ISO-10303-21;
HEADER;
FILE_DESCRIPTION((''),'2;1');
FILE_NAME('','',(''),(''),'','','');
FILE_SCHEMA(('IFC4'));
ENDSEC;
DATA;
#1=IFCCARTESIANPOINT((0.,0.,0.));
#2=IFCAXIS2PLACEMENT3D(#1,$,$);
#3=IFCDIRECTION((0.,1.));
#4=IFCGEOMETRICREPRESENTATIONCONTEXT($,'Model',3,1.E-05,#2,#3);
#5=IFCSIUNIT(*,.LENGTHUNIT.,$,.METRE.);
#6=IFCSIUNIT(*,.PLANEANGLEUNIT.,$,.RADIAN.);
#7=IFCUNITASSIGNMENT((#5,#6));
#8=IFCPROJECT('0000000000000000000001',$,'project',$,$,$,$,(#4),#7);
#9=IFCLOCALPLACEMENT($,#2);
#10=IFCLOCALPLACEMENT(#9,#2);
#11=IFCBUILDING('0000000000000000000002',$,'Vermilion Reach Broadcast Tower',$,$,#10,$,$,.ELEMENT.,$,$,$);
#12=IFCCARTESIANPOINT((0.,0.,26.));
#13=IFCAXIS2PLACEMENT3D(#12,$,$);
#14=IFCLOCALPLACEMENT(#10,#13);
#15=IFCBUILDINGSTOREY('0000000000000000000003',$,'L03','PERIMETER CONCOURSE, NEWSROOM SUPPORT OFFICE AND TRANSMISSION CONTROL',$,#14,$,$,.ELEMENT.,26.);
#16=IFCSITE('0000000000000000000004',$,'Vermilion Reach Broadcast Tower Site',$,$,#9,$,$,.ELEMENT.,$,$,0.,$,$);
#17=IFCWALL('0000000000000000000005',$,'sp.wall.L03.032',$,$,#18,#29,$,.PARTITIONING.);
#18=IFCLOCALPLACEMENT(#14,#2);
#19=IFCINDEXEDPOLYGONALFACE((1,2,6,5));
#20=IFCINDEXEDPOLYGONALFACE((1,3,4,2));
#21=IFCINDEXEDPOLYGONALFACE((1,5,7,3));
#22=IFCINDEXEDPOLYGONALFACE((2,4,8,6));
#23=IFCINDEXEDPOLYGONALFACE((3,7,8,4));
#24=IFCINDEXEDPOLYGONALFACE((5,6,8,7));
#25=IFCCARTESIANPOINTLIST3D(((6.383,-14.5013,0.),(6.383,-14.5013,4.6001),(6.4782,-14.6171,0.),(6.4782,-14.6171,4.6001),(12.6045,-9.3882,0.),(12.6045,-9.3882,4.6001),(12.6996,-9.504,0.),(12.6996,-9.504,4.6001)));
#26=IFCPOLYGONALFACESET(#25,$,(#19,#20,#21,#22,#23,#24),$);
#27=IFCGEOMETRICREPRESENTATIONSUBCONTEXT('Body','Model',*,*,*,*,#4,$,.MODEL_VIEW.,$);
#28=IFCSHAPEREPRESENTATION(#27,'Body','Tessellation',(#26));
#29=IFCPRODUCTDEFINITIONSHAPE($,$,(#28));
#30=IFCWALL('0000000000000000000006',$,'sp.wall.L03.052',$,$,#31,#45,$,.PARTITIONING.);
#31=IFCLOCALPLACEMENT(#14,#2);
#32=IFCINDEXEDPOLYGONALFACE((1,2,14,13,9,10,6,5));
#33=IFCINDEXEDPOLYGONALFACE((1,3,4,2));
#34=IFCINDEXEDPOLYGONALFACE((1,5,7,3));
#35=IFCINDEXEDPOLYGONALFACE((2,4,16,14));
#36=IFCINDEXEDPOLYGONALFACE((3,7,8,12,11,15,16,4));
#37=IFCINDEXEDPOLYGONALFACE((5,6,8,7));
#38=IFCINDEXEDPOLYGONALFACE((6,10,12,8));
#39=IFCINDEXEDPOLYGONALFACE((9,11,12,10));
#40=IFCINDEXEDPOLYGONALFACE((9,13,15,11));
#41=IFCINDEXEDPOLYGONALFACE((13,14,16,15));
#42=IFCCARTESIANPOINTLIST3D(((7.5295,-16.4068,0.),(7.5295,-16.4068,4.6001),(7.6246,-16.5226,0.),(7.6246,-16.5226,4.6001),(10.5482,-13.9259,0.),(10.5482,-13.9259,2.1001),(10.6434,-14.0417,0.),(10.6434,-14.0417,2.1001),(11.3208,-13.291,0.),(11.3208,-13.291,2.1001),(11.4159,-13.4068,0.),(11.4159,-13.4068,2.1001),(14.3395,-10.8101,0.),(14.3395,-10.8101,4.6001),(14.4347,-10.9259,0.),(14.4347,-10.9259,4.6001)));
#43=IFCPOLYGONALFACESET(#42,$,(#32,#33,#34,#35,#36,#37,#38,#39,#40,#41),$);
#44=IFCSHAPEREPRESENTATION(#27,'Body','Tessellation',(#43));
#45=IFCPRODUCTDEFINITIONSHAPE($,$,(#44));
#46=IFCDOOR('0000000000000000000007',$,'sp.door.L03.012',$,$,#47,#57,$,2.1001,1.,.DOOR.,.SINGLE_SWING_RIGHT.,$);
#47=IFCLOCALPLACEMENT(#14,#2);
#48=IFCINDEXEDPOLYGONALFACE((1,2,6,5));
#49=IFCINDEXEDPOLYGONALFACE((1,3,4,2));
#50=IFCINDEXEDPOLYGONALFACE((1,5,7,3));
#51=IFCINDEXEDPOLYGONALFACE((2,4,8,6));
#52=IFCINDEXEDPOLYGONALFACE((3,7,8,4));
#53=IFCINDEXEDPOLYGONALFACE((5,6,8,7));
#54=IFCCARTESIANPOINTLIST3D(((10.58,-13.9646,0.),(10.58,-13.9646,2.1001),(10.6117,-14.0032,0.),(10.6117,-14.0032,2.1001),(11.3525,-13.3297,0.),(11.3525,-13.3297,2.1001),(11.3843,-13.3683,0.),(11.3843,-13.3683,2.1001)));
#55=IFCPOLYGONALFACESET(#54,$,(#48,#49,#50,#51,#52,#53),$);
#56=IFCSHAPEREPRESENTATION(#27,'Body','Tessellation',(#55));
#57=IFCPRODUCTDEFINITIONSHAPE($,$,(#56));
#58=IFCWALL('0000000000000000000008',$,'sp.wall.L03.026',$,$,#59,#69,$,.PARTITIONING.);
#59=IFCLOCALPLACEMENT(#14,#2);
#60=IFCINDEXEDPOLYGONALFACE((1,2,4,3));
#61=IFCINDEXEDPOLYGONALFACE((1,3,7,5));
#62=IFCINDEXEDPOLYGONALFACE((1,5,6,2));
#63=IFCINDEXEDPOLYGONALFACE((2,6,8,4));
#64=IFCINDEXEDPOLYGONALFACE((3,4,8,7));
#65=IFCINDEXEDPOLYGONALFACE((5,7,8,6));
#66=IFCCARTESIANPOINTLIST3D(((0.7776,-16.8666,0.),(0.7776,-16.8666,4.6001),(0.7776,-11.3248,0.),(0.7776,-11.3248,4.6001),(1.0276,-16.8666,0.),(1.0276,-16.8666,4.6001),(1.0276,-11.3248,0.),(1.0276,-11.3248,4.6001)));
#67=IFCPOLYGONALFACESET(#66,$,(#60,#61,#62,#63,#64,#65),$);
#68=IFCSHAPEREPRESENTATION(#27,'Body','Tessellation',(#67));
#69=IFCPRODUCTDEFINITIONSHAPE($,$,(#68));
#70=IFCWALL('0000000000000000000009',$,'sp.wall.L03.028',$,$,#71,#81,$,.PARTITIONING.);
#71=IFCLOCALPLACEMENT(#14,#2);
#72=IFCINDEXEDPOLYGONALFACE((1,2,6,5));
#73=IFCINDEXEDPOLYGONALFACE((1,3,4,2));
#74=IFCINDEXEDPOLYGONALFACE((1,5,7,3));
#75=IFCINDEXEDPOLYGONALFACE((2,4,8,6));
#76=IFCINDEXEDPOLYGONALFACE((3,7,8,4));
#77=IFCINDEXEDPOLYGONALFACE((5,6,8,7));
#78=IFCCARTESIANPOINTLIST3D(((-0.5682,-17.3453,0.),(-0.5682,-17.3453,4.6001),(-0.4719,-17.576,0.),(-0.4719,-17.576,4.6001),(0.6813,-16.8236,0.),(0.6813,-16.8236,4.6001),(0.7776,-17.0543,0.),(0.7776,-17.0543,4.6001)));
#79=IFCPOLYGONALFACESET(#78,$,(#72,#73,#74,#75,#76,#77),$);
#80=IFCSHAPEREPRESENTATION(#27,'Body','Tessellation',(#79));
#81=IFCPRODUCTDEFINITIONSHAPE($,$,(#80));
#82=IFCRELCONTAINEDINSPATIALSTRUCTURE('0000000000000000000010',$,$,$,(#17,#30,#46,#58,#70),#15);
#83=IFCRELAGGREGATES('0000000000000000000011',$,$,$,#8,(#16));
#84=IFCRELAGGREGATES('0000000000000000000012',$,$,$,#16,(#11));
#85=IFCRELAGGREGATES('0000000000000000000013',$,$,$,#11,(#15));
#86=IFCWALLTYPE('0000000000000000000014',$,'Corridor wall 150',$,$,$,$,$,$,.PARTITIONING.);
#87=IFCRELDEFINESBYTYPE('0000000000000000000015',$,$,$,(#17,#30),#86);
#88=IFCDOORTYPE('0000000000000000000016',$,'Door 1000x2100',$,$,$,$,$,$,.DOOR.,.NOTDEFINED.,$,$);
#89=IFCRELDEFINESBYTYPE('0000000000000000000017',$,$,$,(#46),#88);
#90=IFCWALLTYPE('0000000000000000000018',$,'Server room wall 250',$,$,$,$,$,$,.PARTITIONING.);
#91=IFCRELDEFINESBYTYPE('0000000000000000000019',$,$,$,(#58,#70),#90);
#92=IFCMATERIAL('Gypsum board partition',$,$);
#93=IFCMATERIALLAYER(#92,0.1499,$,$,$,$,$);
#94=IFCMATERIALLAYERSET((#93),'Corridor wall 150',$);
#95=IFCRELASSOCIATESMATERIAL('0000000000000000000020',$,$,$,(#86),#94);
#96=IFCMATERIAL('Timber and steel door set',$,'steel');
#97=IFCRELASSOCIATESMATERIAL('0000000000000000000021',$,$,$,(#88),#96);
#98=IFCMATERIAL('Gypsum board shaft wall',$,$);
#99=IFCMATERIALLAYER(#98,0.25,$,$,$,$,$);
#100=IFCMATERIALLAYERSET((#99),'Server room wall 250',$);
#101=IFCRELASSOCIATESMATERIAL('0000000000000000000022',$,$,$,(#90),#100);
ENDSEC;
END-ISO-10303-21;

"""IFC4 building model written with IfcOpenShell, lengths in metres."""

from ifc_helpers import new_model, si_unit, direction, frame, frame_2d, origin, place, context, subcontext, project, spatial, rectangle, extrude, material, layer, layer_set, type_object, element, fill, save


model = new_model("IFC4")

# Units and contexts
model_context = context("Model", 3, precision=1e-05, world=origin(), true_north=direction((0.0, 1.0)))
body_context = subcontext(model_context, "Body", "Model", "MODEL_VIEW")
ifc_project = project(units=[si_unit("LENGTHUNIT", "METRE"), si_unit("PLANEANGLEUNIT", "RADIAN")], contexts=[model_context])

# Site, building, storey
site_placement = place(None, origin())
site = spatial("IfcSite", under=ifc_project, at=site_placement, Name="Vermilion Reach Broadcast Tower Site", CompositionType="ELEMENT", RefElevation=0.0)
building_placement = place(site_placement, origin())
building = spatial("IfcBuilding", under=site, at=building_placement, Name="Vermilion Reach Broadcast Tower", CompositionType="ELEMENT")
storey_placement = place(building_placement, frame((0.0, 0.0, 26.0)))
storey = spatial("IfcBuildingStorey", under=building, at=storey_placement, Name="L03", Description="PERIMETER CONCOURSE, NEWSROOM SUPPORT OFFICE AND TRANSMISSION CONTROL", CompositionType="ELEMENT", Elevation=26.0)

# Shared definitions
ifc_material_1 = material(Name="Gypsum board partition")
ifc_layer_1 = layer(ifc_material_1, 0.1499)
ifc_layer_set_1 = layer_set([ifc_layer_1], Name="Corridor wall 150")
wall_type_1 = type_object("IfcWallType", Name="Corridor wall 150", PredefinedType="PARTITIONING", material=ifc_layer_set_1)

# Shared definitions
ifc_material_2 = material(Name="Timber and steel door set", Category="steel")
door_type_1 = type_object("IfcDoorType", Name="Door 1000x2100", OperationType="NOTDEFINED", PredefinedType="DOOR", material=ifc_material_2)

# Wall
wall_1_placement = place(storey_placement, frame((6.4307, -14.5591, 0.0), z_axis=(0.0, 0.0, 1.0), x_axis=(0.77257, 0.63493, 0.0)))
element("IfcWall", 1, at=wall_1_placement, inside=storey, type_object=wall_type_1, Name="sp.wall.L03.032", PredefinedType="PARTITIONING", context=body_context, shape_type="SweptSolid", body=[
    extrude(rectangle(XDim=8.053, YDim=0.1499, at=frame_2d((4.0264, 0.0))), origin(), (0.0, 0.0, 1.0), 4.6001),
])

# Wall, opening, door
wall_2_placement = place(storey_placement, frame((7.5771, -16.4646, 0.0), z_axis=(0.0, 0.0, 1.0), x_axis=(0.772576, 0.634923, 0.0)))
wall_2 = element("IfcWall", 2, at=wall_2_placement, inside=storey, type_object=wall_type_1, Name="sp.wall.L03.052", PredefinedType="PARTITIONING", context=body_context, shape_type="SweptSolid", body=[
    extrude(rectangle(XDim=8.8147, YDim=0.1499, at=frame_2d((4.4072, 0.0))), origin(), (0.0, 0.0, 1.0), 4.6001),
])
opening_1_placement = place(wall_2_placement, frame((3.9072, 0.0, 0.0)))
opening_1 = element("IfcOpeningElement", 3, at=opening_1_placement, cuts=wall_2, PredefinedType="OPENING", context=body_context, shape_type="SweptSolid", body=[
    extrude(rectangle(XDim=1.0, YDim=2.1001, at=frame_2d((0.5, 1.05))), frame((0.0, 0.085, 0.0), z_axis=(0.0, -1.0, 0.0), x_axis=(1.0, 0.0, 0.0)), (0.0, 0.0, 1.0), 0.1699),
])
door_1_placement = place(opening_1_placement, origin())
door_1 = element("IfcDoor", 4, at=door_1_placement, inside=storey, type_object=door_type_1, Name="sp.door.L03.012", OperationType="SINGLE_SWING_RIGHT", OverallHeight=2.1001, OverallWidth=1.0, PredefinedType="DOOR", context=body_context, shape_type="SweptSolid", body=[
    extrude(rectangle(XDim=1.0, YDim=2.1001, at=frame_2d((0.5, 1.05))), frame((0.0, 0.0249, 0.0), z_axis=(0.0, -1.0, 0.0), x_axis=(1.0, 0.0, 0.0)), (0.0, 0.0, 1.0), 0.05),
])
fill(opening_1, door_1)

# Walls
ifc_material_3 = material(Name="Gypsum board shaft wall")
ifc_layer_2 = layer(ifc_material_3, 0.25)
ifc_layer_set_2 = layer_set([ifc_layer_2], Name="Server room wall 250")
wall_type_2 = type_object("IfcWallType", Name="Server room wall 250", PredefinedType="PARTITIONING", material=ifc_layer_set_2)
wall_3_placement = place(storey_placement, frame((0.9026, -16.8667, 0.0), z_axis=(0.0, 0.0, 1.0), x_axis=(0.0, 1.0, 0.0)))
element("IfcWall", 5, at=wall_3_placement, inside=storey, type_object=wall_type_2, Name="sp.wall.L03.026", PredefinedType="PARTITIONING", context=body_context, shape_type="SweptSolid", body=[
    extrude(rectangle(XDim=5.5417, YDim=0.25, at=frame_2d((2.771, 0.0))), origin(), (0.0, 0.0, 1.0), 4.6001),
])
wall_4_placement = place(storey_placement, frame((-0.52, -17.4607, 0.0), z_axis=(0.0, 0.0, 1.0), x_axis=(0.922789, 0.385307, 0.0)))
element("IfcWall", 6, at=wall_4_placement, inside=storey, type_object=wall_type_2, Name="sp.wall.L03.028", PredefinedType="PARTITIONING", context=body_context, shape_type="SweptSolid", body=[
    extrude(rectangle(XDim=1.354, YDim=0.25, at=frame_2d((0.677, 0.0))), origin(), (0.0, 0.0, 1.0), 4.6001),
])

save(model, "model.ifc")
